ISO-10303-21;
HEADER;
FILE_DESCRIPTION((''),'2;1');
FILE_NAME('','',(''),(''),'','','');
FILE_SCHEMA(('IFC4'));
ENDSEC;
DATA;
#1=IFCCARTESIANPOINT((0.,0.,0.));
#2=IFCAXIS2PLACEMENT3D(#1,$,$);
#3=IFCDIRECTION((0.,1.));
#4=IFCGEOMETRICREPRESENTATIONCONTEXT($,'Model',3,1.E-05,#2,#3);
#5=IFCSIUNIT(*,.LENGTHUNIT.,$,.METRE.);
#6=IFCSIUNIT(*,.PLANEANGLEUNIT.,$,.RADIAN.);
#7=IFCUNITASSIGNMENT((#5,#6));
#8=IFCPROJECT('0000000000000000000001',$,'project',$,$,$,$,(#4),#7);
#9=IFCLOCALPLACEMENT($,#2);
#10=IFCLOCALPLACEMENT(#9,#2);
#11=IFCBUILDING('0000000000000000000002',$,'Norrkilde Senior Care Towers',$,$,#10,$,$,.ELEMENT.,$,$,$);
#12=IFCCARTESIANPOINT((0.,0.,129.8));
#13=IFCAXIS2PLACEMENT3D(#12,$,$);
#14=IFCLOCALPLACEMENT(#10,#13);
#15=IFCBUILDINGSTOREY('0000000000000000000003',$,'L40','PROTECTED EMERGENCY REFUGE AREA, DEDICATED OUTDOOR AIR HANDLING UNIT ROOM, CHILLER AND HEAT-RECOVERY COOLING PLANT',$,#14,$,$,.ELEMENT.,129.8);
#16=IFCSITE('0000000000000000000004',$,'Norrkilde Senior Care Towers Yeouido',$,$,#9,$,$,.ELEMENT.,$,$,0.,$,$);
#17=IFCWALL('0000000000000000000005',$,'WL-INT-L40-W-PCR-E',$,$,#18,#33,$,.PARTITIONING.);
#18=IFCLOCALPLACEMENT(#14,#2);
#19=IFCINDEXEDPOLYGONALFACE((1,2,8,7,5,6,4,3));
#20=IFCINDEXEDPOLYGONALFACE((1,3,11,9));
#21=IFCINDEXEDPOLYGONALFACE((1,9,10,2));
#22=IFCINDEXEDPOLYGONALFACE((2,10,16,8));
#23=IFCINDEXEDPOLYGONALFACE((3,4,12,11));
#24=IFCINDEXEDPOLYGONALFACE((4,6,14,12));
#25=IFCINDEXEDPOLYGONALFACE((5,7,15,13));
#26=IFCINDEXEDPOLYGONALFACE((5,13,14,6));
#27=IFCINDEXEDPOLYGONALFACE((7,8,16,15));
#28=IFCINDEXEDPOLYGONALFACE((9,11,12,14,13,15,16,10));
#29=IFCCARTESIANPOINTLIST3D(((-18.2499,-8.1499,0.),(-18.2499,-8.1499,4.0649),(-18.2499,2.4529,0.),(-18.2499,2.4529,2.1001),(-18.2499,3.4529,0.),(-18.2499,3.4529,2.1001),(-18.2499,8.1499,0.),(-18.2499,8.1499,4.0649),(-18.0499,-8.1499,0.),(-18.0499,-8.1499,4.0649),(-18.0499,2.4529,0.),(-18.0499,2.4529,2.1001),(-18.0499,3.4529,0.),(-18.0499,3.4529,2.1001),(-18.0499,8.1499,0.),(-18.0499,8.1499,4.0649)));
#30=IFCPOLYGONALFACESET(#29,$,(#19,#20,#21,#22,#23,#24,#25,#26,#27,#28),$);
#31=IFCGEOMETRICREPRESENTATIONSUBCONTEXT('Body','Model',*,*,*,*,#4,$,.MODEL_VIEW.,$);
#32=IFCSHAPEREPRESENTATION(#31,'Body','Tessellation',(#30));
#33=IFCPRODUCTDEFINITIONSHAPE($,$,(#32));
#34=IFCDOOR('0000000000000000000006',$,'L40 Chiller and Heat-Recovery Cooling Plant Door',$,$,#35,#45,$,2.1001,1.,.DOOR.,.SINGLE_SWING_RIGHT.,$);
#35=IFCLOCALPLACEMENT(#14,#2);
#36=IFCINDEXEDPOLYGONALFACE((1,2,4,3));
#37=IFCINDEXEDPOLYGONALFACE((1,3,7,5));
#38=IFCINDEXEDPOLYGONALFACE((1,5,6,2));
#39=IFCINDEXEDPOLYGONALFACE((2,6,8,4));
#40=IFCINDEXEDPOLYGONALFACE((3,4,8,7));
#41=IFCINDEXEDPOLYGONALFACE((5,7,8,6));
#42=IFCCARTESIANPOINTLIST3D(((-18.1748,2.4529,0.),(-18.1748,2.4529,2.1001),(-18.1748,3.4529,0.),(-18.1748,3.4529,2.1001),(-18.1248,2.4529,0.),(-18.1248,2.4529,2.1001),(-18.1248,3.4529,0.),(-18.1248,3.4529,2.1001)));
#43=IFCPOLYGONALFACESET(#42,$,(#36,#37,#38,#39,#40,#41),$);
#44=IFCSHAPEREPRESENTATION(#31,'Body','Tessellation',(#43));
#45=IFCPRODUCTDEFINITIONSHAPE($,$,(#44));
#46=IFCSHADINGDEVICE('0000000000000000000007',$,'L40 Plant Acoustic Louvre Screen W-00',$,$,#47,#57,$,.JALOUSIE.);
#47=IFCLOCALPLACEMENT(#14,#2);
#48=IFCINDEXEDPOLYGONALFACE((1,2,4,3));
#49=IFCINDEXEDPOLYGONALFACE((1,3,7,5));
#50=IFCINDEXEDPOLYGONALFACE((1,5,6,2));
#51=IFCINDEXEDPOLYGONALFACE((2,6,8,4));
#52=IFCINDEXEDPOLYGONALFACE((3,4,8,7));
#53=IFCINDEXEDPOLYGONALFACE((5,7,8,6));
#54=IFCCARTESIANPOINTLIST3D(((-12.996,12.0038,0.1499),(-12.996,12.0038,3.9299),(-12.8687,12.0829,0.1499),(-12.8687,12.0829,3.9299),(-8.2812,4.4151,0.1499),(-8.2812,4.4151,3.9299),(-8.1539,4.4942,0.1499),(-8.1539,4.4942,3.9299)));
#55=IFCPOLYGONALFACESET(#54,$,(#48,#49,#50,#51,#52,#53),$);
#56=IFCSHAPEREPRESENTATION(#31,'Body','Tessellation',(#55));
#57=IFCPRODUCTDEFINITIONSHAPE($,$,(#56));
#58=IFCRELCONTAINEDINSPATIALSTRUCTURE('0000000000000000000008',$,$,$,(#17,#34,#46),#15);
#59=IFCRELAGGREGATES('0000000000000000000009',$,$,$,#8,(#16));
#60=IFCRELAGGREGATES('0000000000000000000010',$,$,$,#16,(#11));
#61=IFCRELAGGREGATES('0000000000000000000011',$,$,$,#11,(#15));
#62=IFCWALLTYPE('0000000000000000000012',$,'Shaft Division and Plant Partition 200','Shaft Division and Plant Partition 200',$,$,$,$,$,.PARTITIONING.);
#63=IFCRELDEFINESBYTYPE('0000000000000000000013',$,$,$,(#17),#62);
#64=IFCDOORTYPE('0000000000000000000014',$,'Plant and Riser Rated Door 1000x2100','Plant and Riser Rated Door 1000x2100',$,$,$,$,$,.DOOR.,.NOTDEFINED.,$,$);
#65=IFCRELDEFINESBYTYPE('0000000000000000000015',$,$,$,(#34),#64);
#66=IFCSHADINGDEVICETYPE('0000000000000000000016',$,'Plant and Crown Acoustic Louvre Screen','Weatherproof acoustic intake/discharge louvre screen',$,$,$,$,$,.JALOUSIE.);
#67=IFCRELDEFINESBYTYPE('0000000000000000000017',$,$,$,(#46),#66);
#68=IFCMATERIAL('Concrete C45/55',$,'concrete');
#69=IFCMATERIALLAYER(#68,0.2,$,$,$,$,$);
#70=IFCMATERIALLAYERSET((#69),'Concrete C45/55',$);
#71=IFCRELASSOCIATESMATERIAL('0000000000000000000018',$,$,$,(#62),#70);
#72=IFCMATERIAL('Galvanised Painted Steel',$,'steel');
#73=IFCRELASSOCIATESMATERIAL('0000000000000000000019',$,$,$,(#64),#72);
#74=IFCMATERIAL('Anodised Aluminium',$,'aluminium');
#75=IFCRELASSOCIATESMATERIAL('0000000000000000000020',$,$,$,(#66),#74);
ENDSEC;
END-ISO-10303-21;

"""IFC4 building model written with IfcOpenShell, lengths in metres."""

from ifc_helpers import new_model, si_unit, direction, frame, frame_2d, origin, origin_2d, place, context, subcontext, project, spatial, rectangle, extrude, source, transform, mapped, material, layer, layer_set, type_object, type_shapes, element, fill, save


model = new_model("IFC4")

# Units and contexts
model_context = context("Model", 3, precision=1e-05, world=origin(), true_north=direction((0.0, 1.0)))
body_context = subcontext(model_context, "Body", "Model", "MODEL_VIEW")
ifc_project = project(units=[si_unit("LENGTHUNIT", "METRE"), si_unit("PLANEANGLEUNIT", "RADIAN")], contexts=[model_context])

# Site, building, storey
site_placement = place(None, origin())
site = spatial("IfcSite", under=ifc_project, at=site_placement, Name="Norrkilde Senior Care Towers Yeouido", CompositionType="ELEMENT", RefElevation=0.0)
building_placement = place(site_placement, origin())
building = spatial("IfcBuilding", under=site, at=building_placement, Name="Norrkilde Senior Care Towers", CompositionType="ELEMENT")
storey_placement = place(building_placement, frame((0.0, 0.0, 129.8)))
storey = spatial("IfcBuildingStorey", under=building, at=storey_placement, Name="L40", Description="PROTECTED EMERGENCY REFUGE AREA, DEDICATED OUTDOOR AIR HANDLING UNIT ROOM, CHILLER AND HEAT-RECOVERY COOLING PLANT", CompositionType="ELEMENT", Elevation=129.8)

# Shared definitions
ifc_material_1 = material(Name="Anodised Aluminium", Category="aluminium")

# Shared definitions
ifc_material_2 = material(Name="Concrete C45/55", Category="concrete")

# Wall, opening, door
ifc_layer_1 = layer(ifc_material_2, 0.2)
ifc_layer_set_1 = layer_set([ifc_layer_1], Name="Concrete C45/55")
wall_type = type_object("IfcWallType", Name="Shaft Division and Plant Partition 200", Description="Shaft Division and Plant Partition 200", PredefinedType="PARTITIONING", material=ifc_layer_set_1)
shared_shape_1 = source(origin(), body_context, "Body", "SweptSolid", [
    extrude(rectangle(XDim=16.2998, YDim=0.2, at=frame_2d((8.1499, 0.0))), origin(), (0.0, 0.0, 1.0), 4.0649),
])
type_shapes(wall_type, [shared_shape_1])
wall_placement = place(storey_placement, frame((-18.1499, 8.1499, 0.0), z_axis=(0.0, 0.0, 1.0), x_axis=(0.0, -1.0, 0.0)))
wall = element("IfcWall", 1, at=wall_placement, inside=storey, type_object=wall_type, Name="WL-INT-L40-W-PCR-E", PredefinedType="PARTITIONING", context=body_context, shape_type="MappedRepresentation", body=[
    mapped(shared_shape_1, transform((0.0, 0.0, 0.0), x_axis=(1.0, 0.0, 0.0), y_axis=(0.0, 1.0, 0.0), z_axis=(0.0, 0.0, 1.0), scale=1.0)),
])
opening_placement = place(wall_placement, frame((4.697, 0.0, 0.0)))
opening = element("IfcOpeningElement", 2, at=opening_placement, cuts=wall, PredefinedType="OPENING", context=body_context, shape_type="SweptSolid", body=[
    extrude(rectangle(XDim=1.0, YDim=2.1001, at=frame_2d((0.5, 1.05))), frame((0.0, 0.1099, 0.0), z_axis=(0.0, -1.0, 0.0), x_axis=(1.0, 0.0, 0.0)), (0.0, 0.0, 1.0), 0.22),
])
ifc_material_3 = material(Name="Galvanised Painted Steel", Category="steel")
door_type = type_object("IfcDoorType", Name="Plant and Riser Rated Door 1000x2100", Description="Plant and Riser Rated Door 1000x2100", OperationType="NOTDEFINED", PredefinedType="DOOR", material=ifc_material_3)
shared_shape_2 = source(origin(), body_context, "Body", "SweptSolid", [
    extrude(rectangle(XDim=1.0, YDim=2.1001, at=frame_2d((0.5, 1.05))), frame((0.0, 0.0249, 0.0), z_axis=(0.0, -1.0, 0.0), x_axis=(1.0, 0.0, 0.0)), (0.0, 0.0, 1.0), 0.05),
])
type_shapes(door_type, [shared_shape_2])
door_placement = place(opening_placement, frame((1.0, 0.0, 0.0), z_axis=(0.0, 0.0, 1.0), x_axis=(-1.0, 0.0, 0.0)))
door = element("IfcDoor", 3, at=door_placement, inside=storey, type_object=door_type, Name="L40 Chiller and Heat-Recovery Cooling Plant Door", OperationType="SINGLE_SWING_RIGHT", OverallHeight=2.1001, OverallWidth=1.0, PredefinedType="DOOR", context=body_context, shape_type="MappedRepresentation", body=[
    mapped(shared_shape_2, transform((0.0, 0.0, 0.0), x_axis=(1.0, 0.0, 0.0), y_axis=(0.0, 1.0, 0.0), z_axis=(0.0, 0.0, 1.0), scale=1.0)),
])
fill(opening, door)

# Shading device
shading_device_type = type_object("IfcShadingDeviceType", Name="Plant and Crown Acoustic Louvre Screen", Description="Weatherproof acoustic intake/discharge louvre screen", PredefinedType="JALOUSIE", material=ifc_material_1)
shared_shape_3 = source(origin(), body_context, "Body", "SweptSolid", [
    extrude(rectangle(XDim=8.9341, YDim=0.1499, at=origin_2d()), origin(), (0.0, 0.0, 1.0), 3.78),
])
type_shapes(shading_device_type, [shared_shape_3])
shading_device_placement = place(storey_placement, frame((-10.575, 8.249, 0.1499), z_axis=(0.0, 0.0, 1.0), x_axis=(0.527733, -0.84941, 0.0)))
element("IfcShadingDevice", 4, at=shading_device_placement, inside=storey, type_object=shading_device_type, Name="L40 Plant Acoustic Louvre Screen W-00", PredefinedType="JALOUSIE", context=body_context, shape_type="MappedRepresentation", body=[
    mapped(shared_shape_3, transform((0.0, 0.0, 0.0), x_axis=(1.0, 0.0, 0.0), y_axis=(0.0, 1.0, 0.0), z_axis=(0.0, 0.0, 1.0), scale=1.0)),
])

save(model, "model.ifc")
